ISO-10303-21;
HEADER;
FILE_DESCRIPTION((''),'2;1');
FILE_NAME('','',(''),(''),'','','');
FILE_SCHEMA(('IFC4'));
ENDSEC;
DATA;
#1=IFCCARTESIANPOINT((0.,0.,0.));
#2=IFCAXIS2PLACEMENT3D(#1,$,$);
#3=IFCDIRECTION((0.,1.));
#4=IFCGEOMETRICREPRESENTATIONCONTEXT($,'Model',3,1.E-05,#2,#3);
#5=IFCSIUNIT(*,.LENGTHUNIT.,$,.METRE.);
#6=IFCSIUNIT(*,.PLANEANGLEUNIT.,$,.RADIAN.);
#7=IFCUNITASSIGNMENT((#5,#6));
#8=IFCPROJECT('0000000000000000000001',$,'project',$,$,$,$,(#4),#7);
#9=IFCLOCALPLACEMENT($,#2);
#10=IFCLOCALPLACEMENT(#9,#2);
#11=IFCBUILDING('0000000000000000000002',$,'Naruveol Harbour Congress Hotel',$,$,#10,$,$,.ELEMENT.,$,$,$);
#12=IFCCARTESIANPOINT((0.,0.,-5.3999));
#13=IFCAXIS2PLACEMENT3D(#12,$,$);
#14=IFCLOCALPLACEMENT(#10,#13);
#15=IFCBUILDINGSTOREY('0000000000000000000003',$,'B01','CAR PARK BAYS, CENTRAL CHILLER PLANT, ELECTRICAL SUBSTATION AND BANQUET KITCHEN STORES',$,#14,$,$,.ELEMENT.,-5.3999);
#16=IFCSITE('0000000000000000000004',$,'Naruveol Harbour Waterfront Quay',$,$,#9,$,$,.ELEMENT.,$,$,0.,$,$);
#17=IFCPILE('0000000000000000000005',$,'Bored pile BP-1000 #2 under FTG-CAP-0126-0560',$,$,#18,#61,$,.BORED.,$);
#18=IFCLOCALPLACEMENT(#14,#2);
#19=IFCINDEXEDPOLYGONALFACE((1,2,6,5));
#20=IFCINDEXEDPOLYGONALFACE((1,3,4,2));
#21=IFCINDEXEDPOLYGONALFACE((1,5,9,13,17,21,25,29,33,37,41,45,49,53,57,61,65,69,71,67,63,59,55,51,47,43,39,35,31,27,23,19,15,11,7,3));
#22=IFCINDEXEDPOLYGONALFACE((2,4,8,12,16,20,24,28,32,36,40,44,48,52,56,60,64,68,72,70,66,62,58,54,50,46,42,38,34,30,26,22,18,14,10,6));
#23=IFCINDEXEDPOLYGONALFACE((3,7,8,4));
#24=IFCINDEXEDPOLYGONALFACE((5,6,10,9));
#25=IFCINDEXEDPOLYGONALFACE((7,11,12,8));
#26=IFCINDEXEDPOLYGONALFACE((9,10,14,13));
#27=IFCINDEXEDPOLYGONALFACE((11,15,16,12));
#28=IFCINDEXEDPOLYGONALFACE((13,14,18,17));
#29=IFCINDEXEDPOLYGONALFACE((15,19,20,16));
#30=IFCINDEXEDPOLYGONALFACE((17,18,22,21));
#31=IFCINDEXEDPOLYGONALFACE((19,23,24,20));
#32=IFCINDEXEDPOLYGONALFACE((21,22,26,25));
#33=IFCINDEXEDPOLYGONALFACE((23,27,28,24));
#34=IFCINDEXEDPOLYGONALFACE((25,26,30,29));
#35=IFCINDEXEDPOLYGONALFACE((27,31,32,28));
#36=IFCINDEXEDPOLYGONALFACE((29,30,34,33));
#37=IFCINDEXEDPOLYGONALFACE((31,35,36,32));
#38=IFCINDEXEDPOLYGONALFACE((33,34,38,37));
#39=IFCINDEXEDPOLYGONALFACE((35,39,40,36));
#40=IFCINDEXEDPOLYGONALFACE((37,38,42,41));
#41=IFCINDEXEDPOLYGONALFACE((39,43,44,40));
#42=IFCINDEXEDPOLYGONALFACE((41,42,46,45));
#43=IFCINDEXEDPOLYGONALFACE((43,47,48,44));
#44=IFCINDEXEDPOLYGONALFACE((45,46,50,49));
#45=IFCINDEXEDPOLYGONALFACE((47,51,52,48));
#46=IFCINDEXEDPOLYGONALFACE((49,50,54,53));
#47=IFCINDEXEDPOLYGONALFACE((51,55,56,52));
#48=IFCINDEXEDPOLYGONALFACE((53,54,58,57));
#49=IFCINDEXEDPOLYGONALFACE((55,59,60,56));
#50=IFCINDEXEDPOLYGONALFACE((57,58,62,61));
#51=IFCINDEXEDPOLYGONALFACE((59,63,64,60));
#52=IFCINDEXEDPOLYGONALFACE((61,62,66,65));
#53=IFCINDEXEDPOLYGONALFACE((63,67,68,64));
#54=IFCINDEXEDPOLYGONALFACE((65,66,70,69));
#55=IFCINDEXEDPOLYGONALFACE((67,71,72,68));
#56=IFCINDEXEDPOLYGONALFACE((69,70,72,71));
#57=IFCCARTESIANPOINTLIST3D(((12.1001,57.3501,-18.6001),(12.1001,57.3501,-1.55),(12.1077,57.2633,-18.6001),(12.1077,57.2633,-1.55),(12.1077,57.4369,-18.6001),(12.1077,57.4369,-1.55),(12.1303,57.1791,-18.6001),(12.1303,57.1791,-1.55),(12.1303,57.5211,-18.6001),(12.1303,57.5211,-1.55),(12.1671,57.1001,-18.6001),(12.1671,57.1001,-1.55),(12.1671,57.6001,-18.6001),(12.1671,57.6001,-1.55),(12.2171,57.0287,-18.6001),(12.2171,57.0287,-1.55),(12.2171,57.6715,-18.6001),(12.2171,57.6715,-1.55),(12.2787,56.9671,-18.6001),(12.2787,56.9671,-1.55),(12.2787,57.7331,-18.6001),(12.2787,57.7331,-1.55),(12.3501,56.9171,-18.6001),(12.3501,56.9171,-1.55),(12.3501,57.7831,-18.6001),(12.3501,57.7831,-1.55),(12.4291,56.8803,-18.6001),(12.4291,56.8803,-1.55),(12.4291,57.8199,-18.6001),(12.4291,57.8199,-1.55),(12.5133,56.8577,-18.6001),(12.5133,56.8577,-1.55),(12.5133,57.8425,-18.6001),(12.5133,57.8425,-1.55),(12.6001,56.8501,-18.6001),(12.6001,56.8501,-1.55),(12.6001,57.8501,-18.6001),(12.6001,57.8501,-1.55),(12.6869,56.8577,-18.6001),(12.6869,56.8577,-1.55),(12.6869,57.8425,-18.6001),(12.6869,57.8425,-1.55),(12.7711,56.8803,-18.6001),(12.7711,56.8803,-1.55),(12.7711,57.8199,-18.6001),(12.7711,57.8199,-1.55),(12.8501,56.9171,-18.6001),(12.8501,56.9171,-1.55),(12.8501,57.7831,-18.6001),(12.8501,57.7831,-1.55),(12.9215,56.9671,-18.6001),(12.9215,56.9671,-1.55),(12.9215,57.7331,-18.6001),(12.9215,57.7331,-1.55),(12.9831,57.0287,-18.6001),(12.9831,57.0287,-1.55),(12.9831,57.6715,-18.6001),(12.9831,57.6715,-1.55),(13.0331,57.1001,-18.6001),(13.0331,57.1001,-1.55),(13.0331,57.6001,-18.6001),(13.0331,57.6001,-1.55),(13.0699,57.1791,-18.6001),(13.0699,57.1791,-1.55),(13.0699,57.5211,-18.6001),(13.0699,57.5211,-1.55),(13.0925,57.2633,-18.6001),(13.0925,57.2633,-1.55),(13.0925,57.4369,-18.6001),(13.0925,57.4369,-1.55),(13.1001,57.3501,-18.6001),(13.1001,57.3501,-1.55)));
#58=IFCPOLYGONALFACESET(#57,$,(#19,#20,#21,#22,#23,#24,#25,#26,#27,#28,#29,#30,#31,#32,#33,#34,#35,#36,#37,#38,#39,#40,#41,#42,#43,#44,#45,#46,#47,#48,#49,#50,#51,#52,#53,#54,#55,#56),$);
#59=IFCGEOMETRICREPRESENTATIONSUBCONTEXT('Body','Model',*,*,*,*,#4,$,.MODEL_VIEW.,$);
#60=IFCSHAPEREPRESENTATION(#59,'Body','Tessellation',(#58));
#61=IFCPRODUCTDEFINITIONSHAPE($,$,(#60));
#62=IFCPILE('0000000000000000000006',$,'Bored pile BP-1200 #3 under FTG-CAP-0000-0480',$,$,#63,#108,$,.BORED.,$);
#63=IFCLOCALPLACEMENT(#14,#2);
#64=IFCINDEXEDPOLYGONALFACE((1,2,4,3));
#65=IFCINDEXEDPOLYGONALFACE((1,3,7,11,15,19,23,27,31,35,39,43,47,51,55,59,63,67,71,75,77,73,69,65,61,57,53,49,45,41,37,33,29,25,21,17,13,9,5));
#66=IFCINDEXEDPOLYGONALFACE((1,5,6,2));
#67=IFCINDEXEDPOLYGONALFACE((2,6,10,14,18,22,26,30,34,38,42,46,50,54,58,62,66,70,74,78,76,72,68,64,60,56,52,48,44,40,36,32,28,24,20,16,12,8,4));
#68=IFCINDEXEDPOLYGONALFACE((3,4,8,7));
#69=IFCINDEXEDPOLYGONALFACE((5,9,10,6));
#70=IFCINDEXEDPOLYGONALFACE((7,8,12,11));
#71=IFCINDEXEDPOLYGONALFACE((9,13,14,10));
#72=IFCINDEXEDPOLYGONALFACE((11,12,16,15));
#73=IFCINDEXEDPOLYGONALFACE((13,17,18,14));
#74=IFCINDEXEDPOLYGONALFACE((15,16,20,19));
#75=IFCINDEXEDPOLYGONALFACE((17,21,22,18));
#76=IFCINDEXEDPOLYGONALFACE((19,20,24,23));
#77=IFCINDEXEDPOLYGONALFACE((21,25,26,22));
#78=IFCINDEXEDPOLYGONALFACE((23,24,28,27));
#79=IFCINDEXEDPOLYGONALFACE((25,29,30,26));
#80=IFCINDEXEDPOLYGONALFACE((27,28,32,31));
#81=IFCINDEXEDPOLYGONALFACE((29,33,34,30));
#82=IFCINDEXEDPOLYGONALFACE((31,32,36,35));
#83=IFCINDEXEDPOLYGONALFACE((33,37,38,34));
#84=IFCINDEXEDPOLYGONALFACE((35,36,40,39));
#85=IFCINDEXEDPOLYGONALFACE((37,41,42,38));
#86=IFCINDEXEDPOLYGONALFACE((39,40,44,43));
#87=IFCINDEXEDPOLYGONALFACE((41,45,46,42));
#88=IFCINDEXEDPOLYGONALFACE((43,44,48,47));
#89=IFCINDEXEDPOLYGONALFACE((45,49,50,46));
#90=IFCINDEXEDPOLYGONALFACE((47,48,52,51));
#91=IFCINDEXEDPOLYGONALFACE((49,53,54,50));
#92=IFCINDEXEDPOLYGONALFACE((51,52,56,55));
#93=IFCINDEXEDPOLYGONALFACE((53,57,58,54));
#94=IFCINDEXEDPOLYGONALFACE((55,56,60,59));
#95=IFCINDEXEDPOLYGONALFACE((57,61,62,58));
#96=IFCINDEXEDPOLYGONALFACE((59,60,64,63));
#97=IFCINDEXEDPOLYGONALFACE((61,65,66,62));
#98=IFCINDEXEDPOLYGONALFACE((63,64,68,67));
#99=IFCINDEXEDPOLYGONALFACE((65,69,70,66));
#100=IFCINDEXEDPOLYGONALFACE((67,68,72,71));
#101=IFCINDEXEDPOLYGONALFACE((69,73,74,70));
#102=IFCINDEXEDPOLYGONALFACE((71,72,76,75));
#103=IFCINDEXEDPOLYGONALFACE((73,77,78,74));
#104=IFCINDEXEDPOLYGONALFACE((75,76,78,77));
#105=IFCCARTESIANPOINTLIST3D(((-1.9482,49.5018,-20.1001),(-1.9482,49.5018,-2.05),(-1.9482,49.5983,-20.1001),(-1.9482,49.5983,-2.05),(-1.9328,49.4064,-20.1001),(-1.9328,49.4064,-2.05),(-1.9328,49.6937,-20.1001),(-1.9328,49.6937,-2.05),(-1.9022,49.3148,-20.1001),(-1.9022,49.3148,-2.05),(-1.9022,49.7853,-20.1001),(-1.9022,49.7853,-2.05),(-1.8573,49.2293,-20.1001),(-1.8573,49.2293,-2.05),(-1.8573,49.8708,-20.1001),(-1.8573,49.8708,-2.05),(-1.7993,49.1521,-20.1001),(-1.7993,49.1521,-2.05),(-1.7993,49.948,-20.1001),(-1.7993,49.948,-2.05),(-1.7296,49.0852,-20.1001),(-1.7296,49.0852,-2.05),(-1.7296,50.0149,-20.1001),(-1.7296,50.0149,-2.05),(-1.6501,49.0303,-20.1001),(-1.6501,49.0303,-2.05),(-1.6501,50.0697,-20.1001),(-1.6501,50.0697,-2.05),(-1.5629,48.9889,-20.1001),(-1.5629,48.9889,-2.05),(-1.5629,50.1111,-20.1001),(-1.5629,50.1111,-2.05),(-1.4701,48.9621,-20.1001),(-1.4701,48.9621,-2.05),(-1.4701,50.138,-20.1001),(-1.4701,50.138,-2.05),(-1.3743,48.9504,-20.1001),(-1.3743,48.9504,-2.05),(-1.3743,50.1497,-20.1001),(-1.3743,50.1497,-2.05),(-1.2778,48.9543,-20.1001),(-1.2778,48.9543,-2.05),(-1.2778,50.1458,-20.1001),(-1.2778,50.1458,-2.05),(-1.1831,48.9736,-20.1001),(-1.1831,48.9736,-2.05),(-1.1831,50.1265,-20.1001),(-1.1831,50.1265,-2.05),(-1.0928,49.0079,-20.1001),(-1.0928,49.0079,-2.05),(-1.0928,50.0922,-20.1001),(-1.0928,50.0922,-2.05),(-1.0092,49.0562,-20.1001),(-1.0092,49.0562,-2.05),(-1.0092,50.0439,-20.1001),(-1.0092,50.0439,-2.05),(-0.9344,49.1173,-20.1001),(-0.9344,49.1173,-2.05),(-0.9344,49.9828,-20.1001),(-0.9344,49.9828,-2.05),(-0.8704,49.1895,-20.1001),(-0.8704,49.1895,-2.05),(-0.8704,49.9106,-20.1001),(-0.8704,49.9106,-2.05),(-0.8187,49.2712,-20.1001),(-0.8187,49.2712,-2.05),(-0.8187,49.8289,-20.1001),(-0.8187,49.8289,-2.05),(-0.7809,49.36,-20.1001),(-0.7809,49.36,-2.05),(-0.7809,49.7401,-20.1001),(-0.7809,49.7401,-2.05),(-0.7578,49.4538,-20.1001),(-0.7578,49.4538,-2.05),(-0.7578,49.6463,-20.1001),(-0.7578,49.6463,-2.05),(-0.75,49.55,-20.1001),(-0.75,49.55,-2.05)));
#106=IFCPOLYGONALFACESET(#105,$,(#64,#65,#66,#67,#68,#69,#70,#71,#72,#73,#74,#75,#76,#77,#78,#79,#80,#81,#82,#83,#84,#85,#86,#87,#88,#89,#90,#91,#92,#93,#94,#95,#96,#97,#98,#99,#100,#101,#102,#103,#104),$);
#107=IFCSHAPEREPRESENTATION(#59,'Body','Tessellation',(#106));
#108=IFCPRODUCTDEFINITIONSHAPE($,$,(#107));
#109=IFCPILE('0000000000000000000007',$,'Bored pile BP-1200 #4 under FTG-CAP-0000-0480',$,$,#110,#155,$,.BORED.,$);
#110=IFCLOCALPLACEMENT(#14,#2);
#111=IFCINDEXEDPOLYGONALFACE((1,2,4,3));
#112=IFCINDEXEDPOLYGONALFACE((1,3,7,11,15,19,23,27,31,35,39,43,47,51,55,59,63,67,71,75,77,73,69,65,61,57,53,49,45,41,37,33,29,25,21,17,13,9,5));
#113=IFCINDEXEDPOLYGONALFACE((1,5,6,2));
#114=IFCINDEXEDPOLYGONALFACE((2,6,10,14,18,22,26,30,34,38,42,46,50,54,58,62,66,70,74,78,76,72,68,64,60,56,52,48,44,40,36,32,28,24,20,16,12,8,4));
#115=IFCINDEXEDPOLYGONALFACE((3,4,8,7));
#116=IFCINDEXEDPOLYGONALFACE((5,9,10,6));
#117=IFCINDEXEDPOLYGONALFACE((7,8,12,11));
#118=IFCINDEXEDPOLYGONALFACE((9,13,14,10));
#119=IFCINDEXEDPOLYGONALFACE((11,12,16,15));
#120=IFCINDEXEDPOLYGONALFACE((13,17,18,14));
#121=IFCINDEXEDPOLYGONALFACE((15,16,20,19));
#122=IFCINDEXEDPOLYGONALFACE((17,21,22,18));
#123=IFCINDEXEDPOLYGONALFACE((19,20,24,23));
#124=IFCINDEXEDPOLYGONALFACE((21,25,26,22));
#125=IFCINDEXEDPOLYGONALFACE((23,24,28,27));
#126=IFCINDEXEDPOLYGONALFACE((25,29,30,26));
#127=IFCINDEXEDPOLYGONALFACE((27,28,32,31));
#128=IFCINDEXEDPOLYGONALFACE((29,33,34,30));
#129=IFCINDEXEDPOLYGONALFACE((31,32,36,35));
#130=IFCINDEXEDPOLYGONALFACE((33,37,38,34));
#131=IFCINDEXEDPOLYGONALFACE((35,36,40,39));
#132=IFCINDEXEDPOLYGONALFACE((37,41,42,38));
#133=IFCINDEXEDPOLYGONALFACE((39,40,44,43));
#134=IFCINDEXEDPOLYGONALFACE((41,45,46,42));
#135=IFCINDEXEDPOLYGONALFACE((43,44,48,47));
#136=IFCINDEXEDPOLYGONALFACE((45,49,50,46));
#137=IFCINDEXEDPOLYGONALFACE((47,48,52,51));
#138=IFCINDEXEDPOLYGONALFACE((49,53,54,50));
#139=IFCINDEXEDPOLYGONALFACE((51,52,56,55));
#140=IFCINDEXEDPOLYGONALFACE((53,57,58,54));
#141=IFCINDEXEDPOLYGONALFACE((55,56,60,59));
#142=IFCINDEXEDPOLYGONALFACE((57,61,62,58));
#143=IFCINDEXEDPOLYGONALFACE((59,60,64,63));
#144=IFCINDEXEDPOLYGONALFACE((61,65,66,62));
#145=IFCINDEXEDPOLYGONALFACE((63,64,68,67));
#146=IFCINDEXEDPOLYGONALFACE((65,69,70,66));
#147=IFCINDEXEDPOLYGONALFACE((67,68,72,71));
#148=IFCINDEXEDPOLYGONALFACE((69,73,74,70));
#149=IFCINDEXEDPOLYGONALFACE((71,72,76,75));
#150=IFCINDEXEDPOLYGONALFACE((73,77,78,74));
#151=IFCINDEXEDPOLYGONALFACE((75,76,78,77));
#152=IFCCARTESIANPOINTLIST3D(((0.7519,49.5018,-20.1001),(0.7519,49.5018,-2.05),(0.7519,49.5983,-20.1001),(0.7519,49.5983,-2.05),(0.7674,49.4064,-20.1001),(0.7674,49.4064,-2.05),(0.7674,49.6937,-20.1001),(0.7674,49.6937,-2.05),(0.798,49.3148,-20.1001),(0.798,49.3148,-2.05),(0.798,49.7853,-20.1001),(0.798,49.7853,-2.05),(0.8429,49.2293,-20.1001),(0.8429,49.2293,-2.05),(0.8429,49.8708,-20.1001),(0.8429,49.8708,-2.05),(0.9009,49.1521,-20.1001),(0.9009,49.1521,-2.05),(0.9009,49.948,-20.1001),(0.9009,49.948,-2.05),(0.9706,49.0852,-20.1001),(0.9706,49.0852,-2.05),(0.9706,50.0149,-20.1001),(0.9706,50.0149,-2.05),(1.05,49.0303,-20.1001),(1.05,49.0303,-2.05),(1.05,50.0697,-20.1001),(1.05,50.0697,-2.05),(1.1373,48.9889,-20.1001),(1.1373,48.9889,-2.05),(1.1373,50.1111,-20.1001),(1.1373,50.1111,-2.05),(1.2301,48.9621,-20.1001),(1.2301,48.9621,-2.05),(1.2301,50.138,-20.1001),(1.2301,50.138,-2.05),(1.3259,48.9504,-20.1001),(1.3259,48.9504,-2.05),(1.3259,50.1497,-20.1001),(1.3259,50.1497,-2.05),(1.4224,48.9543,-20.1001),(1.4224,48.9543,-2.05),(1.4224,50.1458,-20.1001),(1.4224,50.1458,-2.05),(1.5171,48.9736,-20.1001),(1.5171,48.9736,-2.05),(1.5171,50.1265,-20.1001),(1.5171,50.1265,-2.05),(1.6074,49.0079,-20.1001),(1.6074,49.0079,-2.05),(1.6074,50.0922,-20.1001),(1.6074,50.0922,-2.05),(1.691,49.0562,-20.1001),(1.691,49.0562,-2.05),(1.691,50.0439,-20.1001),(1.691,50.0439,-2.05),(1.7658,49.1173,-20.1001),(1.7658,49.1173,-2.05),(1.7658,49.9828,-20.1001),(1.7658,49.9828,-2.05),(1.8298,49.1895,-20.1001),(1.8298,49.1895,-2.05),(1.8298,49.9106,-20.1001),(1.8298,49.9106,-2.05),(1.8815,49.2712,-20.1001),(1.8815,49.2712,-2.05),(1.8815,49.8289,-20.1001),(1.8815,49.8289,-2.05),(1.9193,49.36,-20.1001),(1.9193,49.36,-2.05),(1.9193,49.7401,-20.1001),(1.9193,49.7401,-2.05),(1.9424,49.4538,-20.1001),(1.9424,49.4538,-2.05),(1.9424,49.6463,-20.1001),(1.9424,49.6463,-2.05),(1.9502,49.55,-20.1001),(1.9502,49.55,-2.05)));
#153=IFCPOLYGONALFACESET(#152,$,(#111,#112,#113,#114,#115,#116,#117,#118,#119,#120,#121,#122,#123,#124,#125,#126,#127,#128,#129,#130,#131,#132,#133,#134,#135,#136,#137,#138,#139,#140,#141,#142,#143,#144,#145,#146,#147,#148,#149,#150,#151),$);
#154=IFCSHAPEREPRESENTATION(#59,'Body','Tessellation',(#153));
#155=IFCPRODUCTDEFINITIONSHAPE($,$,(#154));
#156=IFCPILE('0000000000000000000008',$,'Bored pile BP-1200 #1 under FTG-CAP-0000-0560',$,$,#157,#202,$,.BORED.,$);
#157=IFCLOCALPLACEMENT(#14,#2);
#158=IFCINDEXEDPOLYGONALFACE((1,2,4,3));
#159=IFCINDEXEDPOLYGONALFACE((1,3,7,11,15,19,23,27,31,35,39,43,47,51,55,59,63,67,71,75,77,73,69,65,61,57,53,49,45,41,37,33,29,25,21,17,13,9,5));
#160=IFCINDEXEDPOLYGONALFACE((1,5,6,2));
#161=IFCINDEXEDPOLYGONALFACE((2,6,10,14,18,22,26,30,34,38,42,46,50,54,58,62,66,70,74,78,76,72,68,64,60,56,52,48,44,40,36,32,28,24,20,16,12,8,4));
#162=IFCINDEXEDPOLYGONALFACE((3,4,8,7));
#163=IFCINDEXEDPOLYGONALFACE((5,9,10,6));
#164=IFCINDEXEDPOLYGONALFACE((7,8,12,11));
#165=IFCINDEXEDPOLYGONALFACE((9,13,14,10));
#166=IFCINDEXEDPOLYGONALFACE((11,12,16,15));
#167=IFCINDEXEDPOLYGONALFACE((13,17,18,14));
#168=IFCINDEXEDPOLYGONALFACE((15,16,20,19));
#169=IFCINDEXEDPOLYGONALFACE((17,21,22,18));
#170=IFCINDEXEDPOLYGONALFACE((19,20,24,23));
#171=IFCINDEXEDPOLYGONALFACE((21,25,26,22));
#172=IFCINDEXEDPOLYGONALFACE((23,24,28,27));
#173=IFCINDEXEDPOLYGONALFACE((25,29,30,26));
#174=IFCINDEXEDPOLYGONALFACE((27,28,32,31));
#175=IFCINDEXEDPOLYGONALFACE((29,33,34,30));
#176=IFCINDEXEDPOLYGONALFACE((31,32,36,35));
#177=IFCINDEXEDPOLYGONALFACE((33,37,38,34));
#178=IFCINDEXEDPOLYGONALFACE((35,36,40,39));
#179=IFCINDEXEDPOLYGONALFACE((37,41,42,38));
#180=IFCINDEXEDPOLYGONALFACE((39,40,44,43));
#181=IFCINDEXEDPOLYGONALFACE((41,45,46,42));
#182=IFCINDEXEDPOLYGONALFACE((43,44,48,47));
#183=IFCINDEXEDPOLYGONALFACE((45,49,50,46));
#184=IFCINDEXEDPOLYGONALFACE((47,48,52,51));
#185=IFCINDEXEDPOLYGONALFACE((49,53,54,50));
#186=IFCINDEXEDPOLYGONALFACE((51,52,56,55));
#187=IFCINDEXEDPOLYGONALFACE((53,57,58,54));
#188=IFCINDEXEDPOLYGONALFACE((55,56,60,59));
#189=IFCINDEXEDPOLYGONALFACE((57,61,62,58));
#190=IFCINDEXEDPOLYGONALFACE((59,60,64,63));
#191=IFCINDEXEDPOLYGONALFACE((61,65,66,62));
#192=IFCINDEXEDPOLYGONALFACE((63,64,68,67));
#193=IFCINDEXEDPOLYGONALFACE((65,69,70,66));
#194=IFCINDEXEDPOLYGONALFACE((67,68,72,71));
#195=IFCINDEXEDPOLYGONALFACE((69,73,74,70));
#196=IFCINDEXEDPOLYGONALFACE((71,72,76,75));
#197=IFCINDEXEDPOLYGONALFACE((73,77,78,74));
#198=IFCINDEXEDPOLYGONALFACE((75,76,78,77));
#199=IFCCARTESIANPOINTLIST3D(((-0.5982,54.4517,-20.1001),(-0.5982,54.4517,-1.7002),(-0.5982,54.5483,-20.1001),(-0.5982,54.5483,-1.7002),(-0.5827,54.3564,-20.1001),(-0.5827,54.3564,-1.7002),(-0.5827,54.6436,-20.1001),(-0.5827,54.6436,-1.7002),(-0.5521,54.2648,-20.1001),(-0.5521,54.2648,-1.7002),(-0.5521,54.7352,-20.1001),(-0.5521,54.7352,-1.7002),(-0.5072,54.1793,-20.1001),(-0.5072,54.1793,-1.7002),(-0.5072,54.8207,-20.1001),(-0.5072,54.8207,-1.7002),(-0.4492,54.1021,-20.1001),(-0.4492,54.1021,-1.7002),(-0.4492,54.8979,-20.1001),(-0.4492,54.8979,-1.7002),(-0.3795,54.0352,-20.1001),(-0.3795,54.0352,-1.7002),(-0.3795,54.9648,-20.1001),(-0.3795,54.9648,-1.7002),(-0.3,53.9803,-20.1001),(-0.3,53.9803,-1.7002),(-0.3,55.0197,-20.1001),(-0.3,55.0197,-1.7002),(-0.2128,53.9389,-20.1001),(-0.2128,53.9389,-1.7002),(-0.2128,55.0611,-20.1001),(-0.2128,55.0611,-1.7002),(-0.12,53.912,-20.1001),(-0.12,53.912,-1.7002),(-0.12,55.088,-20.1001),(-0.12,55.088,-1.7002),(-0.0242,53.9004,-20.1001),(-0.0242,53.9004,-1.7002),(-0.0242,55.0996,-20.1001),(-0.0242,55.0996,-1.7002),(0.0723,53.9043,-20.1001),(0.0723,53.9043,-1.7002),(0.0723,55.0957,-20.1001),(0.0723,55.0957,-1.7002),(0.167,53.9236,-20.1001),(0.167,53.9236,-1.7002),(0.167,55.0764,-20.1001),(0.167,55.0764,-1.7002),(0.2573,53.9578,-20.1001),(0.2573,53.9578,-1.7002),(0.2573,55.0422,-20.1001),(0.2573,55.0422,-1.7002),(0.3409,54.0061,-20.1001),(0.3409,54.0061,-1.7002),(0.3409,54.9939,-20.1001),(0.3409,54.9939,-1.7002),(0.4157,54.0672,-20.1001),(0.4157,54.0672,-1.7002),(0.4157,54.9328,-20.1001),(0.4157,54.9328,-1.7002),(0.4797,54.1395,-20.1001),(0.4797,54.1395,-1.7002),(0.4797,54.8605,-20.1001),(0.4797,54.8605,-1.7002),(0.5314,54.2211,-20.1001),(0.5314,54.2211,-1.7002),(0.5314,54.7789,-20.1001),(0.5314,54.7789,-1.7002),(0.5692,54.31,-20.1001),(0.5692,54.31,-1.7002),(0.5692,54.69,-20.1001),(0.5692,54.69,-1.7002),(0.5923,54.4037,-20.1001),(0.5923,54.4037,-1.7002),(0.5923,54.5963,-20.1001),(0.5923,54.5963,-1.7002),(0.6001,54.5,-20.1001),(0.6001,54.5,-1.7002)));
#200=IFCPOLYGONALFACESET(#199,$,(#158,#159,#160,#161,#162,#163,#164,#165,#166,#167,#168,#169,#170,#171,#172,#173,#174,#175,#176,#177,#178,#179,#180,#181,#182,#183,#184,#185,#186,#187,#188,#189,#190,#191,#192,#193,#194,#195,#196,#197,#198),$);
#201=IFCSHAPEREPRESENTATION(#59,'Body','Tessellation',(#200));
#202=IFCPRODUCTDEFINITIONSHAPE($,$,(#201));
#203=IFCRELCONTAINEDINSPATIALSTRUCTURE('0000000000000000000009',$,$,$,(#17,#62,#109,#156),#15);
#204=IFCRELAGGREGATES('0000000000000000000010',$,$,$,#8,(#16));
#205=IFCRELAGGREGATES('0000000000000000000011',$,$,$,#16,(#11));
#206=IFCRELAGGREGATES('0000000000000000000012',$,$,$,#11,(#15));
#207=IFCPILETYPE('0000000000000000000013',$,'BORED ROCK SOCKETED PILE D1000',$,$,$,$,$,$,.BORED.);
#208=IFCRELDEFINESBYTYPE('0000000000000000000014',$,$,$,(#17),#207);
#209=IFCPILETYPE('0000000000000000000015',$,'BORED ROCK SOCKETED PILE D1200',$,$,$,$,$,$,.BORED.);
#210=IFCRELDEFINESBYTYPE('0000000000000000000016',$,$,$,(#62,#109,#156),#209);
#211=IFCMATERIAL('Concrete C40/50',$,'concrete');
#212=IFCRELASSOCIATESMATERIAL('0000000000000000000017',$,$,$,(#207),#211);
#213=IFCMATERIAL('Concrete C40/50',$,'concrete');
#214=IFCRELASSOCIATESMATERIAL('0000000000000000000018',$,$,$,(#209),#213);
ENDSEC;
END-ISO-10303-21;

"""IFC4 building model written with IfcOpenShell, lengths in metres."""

from ifc_helpers import new_model, si_unit, direction, frame, origin, origin_2d, place, context, subcontext, project, spatial, circle, extrude, material, material_profile, profile_set, type_object, element, save


model = new_model("IFC4")

# Units and contexts
model_context = context("Model", 3, precision=1e-05, world=origin(), true_north=direction((0.0, 1.0)))
body_context = subcontext(model_context, "Body", "Model", "MODEL_VIEW")
ifc_project = project(units=[si_unit("LENGTHUNIT", "METRE"), si_unit("PLANEANGLEUNIT", "RADIAN")], contexts=[model_context])

# Site, building, storey
site_placement = place(None, origin())
site = spatial("IfcSite", under=ifc_project, at=site_placement, Name="Naruveol Harbour Waterfront Quay", CompositionType="ELEMENT", RefElevation=0.0)
building_placement = place(site_placement, origin())
building = spatial("IfcBuilding", under=site, at=building_placement, Name="Naruveol Harbour Congress Hotel", CompositionType="ELEMENT")
storey_placement = place(building_placement, frame((0.0, 0.0, -5.3999)))
storey = spatial("IfcBuildingStorey", under=building, at=storey_placement, Name="B01", Description="CAR PARK BAYS, CENTRAL CHILLER PLANT, ELECTRICAL SUBSTATION AND BANQUET KITCHEN STORES", CompositionType="ELEMENT", Elevation=-5.3999)

# Piles
ifc_material_1 = material(Name="Concrete C40/50", Category="concrete")
ifc_material_profile_1 = material_profile(ifc_material_1, circle(Radius=0.5, at=origin_2d()), Name="BP-1000")
ifc_profile_set_1 = profile_set([ifc_material_profile_1], Name="Concrete C40/50")
pile_type_1 = type_object("IfcPileType", Name="BORED ROCK SOCKETED PILE D1000", PredefinedType="BORED", material=ifc_profile_set_1)
for number, where, z_axis, x_axis, name in (
    (1, (12.6001, 57.3501, -1.55), (0.0, 0.0, -1.0), (1.0, 0.0, 0.0), "Bored pile BP-1000 #2 under FTG-CAP-0126-0560"),
):
    element("IfcPile", number, at=place(storey_placement, frame(where, z_axis=z_axis, x_axis=x_axis)), inside=storey, type_object=pile_type_1, Name=name, PredefinedType="BORED", context=body_context, shape_type="SweptSolid", body=[
        extrude(circle(Radius=0.5, at=origin_2d()), origin(), (0.0, 0.0, 1.0), 17.05),
    ])
ifc_material_2 = material(Name="Concrete C40/50", Category="concrete")
ifc_material_profile_2 = material_profile(ifc_material_2, circle(Radius=0.6001, at=origin_2d()), Name="BP-1200")
ifc_profile_set_2 = profile_set([ifc_material_profile_2], Name="Concrete C40/50")
pile_type_2 = type_object("IfcPileType", Name="BORED ROCK SOCKETED PILE D1200", PredefinedType="BORED", material=ifc_profile_set_2)
for number, where, z_axis, x_axis, name in (
    (2, (-1.3501, 49.55, -2.05), (0.0, 0.0, -1.0), (1.0, 0.0, 0.0), "Bored pile BP-1200 #3 under FTG-CAP-0000-0480"),
    (3, (1.3501, 49.55, -2.05), (0.0, 0.0, -1.0), (1.0, 0.0, 0.0), "Bored pile BP-1200 #4 under FTG-CAP-0000-0480"),
):
    element("IfcPile", number, at=place(storey_placement, frame(where, z_axis=z_axis, x_axis=x_axis)), inside=storey, type_object=pile_type_2, Name=name, PredefinedType="BORED", context=body_context, shape_type="SweptSolid", body=[
        extrude(circle(Radius=0.6001, at=origin_2d()), origin(), (0.0, 0.0, 1.0), 18.05),
    ])
for number, where, z_axis, x_axis, name in (
    (4, (0.0, 54.5, -1.7002), (0.0, 0.0, -1.0), (1.0, 0.0, 0.0), "Bored pile BP-1200 #1 under FTG-CAP-0000-0560"),
):
    element("IfcPile", number, at=place(storey_placement, frame(where, z_axis=z_axis, x_axis=x_axis)), inside=storey, type_object=pile_type_2, Name=name, PredefinedType="BORED", context=body_context, shape_type="SweptSolid", body=[
        extrude(circle(Radius=0.6001, at=origin_2d()), origin(), (0.0, 0.0, 1.0), 18.3999),
    ])

save(model, "model.ifc")
